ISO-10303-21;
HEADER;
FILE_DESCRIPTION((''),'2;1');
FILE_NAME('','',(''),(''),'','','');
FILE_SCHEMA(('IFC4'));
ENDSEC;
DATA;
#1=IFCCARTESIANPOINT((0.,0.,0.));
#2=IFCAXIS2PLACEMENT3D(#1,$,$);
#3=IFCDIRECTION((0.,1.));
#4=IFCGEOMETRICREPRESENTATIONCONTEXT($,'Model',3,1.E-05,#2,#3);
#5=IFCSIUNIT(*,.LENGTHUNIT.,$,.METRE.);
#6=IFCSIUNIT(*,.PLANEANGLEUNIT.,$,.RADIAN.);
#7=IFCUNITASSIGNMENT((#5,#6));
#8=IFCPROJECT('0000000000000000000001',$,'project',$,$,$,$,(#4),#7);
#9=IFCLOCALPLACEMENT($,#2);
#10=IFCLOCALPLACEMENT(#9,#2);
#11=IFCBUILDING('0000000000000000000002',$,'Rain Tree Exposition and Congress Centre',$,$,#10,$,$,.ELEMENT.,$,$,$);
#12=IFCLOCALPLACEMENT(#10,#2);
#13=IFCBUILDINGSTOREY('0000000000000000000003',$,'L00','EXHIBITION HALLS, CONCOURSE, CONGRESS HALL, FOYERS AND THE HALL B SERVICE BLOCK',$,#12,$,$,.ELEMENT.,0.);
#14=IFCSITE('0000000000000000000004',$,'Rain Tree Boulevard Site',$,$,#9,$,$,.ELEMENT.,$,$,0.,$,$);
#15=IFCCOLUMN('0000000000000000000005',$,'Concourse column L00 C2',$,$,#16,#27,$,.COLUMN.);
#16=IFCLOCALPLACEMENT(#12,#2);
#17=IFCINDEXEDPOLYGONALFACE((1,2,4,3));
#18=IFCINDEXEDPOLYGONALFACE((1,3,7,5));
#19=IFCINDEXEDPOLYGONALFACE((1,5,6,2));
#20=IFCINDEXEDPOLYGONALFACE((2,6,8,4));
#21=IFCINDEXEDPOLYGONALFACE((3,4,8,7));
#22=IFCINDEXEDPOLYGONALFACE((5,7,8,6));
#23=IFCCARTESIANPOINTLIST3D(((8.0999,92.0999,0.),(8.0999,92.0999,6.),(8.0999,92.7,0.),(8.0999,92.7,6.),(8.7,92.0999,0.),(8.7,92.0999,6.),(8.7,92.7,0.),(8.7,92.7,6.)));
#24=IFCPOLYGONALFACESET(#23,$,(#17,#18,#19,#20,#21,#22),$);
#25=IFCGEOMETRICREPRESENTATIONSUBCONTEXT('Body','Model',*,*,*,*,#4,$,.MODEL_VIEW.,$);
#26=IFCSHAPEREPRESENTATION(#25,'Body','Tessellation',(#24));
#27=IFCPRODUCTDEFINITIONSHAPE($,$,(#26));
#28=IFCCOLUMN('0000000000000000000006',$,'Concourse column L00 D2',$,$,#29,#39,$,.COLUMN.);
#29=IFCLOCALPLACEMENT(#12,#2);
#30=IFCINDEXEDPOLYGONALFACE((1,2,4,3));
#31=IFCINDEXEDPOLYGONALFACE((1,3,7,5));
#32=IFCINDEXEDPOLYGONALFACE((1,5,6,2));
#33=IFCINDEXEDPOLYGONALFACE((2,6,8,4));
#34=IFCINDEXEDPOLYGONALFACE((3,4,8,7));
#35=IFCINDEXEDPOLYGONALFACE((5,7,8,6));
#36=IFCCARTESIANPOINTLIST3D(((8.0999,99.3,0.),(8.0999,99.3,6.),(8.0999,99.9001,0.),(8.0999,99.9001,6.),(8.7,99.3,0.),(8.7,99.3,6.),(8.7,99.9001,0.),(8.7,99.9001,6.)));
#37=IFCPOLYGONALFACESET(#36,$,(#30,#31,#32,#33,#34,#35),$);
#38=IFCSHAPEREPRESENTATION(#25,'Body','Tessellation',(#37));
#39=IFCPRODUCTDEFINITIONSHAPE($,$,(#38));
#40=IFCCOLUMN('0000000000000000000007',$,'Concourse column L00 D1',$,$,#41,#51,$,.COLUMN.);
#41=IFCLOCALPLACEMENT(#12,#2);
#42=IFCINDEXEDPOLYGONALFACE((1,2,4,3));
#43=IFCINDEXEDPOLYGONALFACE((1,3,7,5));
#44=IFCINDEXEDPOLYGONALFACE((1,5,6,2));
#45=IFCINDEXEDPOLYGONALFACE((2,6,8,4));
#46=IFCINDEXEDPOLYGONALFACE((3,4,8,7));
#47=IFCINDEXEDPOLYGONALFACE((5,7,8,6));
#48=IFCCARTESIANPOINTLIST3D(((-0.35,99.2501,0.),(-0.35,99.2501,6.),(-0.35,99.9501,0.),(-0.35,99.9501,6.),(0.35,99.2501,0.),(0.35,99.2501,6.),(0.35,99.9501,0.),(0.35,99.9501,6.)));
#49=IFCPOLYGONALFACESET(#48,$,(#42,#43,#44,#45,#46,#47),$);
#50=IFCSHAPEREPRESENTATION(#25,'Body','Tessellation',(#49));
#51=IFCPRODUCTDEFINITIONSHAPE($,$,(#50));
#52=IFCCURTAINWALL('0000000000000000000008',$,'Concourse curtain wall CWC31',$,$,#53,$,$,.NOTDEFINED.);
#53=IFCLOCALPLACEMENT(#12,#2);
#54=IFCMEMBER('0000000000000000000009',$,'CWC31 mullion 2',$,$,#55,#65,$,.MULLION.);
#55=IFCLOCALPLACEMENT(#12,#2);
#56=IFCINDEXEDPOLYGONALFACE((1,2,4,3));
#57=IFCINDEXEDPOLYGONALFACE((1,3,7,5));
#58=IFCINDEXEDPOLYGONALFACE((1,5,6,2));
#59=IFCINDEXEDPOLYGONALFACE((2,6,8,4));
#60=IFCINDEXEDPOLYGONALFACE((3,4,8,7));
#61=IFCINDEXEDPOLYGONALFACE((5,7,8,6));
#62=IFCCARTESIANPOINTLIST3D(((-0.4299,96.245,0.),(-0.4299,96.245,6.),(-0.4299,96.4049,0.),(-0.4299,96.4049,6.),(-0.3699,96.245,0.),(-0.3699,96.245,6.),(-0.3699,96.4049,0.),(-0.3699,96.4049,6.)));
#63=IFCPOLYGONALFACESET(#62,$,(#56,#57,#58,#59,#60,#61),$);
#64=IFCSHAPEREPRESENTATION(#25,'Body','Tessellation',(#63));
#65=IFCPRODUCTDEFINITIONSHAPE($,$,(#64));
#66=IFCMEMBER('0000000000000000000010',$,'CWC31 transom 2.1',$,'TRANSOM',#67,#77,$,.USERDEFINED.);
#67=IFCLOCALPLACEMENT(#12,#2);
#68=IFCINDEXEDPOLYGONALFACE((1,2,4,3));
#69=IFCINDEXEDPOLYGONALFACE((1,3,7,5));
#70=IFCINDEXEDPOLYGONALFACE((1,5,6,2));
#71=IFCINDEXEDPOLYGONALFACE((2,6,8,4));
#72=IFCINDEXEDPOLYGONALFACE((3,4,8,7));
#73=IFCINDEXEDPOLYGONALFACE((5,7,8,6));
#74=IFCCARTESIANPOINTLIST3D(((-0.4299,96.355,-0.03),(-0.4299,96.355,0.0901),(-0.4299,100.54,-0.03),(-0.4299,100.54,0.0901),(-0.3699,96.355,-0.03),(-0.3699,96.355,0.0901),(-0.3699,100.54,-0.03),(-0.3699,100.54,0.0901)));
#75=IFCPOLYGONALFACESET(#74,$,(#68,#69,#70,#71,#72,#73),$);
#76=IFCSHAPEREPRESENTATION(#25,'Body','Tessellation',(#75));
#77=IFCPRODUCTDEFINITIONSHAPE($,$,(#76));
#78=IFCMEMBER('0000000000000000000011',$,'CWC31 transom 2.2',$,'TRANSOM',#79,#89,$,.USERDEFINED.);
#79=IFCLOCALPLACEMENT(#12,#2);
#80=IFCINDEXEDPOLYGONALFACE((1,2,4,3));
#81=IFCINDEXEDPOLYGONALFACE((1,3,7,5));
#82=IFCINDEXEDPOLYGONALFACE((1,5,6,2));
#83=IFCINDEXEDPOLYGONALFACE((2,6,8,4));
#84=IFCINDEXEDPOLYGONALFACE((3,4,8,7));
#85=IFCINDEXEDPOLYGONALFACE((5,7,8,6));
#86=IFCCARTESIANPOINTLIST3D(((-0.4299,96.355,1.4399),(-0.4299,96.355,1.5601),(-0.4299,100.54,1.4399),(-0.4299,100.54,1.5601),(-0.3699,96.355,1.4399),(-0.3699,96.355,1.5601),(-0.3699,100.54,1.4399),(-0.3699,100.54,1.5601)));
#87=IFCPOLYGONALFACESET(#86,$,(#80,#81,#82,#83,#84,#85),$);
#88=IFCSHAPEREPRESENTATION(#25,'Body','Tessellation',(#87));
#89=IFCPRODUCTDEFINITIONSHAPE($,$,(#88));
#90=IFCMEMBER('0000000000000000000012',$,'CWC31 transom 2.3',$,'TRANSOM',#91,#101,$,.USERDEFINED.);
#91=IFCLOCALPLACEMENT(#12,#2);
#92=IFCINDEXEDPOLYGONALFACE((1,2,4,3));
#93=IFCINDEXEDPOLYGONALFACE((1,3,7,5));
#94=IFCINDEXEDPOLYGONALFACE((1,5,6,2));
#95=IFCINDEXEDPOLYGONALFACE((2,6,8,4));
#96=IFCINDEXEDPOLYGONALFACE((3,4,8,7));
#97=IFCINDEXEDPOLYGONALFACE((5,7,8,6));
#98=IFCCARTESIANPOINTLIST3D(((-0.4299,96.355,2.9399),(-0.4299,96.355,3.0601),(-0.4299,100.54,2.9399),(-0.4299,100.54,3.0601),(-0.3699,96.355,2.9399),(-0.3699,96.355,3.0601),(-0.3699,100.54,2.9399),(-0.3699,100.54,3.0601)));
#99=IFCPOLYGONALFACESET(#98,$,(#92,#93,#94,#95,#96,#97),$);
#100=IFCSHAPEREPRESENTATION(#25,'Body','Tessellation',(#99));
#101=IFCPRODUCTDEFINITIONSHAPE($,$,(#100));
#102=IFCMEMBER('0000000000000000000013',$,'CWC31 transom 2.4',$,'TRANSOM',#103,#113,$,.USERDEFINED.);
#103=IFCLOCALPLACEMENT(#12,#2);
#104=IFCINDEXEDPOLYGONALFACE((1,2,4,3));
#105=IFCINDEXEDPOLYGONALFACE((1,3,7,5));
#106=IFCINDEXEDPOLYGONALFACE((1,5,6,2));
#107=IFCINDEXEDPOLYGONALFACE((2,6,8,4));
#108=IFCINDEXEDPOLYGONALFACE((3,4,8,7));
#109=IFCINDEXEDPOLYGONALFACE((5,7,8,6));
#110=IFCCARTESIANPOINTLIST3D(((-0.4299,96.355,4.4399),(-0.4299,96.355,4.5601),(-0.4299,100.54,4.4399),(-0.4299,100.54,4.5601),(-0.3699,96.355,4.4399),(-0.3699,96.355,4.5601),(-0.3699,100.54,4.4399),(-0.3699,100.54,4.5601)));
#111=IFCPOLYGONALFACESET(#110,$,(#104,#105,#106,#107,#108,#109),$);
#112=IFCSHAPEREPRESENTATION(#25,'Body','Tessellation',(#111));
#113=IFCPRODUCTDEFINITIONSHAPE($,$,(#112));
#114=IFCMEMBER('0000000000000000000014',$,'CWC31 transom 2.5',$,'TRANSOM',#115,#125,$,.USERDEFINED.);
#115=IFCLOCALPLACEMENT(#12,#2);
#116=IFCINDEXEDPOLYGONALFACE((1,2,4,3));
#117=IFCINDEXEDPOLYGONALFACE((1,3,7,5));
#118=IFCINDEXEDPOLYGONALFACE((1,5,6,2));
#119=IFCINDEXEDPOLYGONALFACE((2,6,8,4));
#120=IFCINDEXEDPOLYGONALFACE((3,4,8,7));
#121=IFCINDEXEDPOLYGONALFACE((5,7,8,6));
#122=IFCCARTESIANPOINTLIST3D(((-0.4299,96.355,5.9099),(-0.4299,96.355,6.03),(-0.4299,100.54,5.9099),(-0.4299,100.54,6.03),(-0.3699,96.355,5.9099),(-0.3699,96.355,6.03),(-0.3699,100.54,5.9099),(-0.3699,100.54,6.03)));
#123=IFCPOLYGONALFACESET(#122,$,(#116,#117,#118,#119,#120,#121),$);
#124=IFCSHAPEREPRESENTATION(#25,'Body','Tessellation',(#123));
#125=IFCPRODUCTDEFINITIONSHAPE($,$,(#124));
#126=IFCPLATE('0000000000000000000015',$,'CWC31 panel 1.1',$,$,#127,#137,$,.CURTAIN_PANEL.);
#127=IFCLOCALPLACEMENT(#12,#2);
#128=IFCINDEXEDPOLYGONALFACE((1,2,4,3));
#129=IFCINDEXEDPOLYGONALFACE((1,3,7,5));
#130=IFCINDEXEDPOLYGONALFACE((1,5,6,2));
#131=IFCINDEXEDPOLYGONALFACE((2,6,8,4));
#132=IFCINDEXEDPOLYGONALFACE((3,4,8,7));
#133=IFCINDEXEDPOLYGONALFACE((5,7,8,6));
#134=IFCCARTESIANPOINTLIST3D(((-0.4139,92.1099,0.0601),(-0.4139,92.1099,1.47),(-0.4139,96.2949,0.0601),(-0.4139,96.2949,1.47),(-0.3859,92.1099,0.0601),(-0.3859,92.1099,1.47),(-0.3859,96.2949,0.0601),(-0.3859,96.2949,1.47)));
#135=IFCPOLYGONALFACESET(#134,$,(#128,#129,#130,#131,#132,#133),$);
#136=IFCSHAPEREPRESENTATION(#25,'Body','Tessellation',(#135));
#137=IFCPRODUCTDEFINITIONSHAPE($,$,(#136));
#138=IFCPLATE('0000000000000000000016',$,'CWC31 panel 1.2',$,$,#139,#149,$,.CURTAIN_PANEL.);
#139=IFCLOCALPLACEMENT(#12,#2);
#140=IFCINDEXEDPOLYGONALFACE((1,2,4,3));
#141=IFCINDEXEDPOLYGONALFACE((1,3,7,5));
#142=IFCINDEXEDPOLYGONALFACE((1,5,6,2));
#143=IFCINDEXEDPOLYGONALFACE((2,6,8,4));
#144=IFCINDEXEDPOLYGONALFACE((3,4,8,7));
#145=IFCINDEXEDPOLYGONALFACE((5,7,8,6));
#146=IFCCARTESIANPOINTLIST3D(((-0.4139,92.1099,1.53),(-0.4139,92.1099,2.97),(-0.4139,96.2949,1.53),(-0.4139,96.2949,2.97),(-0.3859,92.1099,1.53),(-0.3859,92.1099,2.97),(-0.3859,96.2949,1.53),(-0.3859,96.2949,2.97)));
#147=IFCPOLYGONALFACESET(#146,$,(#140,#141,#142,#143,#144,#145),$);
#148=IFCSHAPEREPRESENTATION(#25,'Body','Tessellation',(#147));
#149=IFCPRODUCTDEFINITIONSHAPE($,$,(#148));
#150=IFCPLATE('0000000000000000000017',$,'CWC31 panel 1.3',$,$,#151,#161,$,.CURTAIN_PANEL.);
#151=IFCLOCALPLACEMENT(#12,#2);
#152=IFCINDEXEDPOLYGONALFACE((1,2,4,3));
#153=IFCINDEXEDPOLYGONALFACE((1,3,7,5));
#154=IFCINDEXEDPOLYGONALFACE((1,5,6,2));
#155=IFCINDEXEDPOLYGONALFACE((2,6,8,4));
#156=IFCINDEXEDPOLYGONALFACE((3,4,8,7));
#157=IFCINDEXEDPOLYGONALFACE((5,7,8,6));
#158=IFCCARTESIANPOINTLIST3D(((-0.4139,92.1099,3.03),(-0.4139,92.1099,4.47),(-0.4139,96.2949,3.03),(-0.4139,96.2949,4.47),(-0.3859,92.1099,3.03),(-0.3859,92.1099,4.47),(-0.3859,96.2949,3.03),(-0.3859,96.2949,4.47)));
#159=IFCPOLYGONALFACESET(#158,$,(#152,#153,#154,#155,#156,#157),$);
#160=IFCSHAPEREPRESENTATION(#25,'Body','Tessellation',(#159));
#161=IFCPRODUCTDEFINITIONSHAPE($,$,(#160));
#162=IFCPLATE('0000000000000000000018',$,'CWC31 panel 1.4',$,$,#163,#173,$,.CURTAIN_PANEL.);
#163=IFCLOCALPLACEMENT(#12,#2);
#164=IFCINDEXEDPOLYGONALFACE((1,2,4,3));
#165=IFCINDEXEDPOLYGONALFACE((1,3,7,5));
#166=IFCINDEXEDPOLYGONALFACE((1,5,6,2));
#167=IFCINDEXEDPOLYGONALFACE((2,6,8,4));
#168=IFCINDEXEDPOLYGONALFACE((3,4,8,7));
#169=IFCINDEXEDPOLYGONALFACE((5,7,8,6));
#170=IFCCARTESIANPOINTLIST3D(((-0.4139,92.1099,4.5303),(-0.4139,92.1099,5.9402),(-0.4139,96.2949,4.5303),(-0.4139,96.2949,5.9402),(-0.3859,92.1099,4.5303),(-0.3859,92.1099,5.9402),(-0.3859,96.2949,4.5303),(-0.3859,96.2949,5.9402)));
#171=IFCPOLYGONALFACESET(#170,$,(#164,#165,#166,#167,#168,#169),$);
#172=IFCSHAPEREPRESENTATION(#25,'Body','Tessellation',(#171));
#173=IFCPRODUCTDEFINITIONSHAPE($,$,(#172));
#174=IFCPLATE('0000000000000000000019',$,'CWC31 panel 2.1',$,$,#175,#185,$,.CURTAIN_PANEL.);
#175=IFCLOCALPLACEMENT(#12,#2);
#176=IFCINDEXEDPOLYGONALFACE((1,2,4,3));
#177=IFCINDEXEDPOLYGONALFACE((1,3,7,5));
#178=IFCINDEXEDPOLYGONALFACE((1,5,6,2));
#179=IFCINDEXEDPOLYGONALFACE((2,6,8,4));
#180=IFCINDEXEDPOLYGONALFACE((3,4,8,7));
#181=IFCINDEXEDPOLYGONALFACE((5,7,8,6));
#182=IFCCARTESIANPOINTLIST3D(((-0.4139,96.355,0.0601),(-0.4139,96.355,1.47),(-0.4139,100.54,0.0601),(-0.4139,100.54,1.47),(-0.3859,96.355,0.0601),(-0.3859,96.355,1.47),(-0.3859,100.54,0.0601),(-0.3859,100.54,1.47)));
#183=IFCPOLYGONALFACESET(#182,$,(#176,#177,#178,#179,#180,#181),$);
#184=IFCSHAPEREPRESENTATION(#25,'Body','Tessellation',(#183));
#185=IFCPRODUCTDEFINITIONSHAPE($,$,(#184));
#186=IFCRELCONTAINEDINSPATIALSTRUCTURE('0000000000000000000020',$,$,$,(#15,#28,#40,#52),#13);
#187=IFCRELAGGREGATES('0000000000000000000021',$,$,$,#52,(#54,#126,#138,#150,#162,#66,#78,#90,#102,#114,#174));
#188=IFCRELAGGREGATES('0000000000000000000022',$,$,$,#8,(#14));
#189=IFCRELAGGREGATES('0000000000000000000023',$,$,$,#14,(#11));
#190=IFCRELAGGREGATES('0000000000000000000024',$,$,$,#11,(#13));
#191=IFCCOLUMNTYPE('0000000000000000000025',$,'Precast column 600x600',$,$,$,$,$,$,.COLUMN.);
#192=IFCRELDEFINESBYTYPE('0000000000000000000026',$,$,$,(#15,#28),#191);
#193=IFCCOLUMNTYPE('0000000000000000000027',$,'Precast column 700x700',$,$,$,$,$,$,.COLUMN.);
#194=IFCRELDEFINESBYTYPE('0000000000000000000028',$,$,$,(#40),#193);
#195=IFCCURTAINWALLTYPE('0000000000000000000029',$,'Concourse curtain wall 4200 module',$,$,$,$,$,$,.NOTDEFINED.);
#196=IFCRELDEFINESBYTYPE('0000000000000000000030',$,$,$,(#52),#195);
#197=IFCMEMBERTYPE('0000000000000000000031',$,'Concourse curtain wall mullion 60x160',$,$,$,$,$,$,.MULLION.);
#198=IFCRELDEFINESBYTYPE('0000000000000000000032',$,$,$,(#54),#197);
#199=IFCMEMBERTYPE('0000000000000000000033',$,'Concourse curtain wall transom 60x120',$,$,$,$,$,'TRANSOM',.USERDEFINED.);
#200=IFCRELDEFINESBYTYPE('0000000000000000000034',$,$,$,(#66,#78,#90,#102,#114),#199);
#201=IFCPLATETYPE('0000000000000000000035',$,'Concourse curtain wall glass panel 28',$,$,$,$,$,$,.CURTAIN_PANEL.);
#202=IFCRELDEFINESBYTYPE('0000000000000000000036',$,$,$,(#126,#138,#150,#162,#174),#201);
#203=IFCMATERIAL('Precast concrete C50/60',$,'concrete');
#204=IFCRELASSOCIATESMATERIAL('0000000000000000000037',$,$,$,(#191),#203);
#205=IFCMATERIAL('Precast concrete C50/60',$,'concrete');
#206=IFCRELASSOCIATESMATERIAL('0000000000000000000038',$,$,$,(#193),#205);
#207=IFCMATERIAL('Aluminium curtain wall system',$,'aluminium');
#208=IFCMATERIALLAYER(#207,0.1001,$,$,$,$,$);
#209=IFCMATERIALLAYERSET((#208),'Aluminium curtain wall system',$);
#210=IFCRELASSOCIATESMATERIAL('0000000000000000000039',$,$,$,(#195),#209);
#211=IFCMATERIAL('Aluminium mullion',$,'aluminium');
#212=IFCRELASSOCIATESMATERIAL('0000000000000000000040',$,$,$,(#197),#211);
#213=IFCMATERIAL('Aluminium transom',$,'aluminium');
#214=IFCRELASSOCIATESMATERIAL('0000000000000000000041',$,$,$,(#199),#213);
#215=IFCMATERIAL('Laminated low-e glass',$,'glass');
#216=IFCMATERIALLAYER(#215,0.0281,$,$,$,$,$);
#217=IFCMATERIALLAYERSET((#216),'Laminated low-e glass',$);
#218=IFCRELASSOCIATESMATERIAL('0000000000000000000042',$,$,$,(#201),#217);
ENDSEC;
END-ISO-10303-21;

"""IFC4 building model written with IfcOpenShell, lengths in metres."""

from ifc_helpers import new_model, si_unit, direction, frame, origin, origin_2d, place, context, subcontext, project, spatial, rectangle, extrude, material, layer, layer_set, material_profile, profile_set, type_object, element, aggregate, save


model = new_model("IFC4")

# Units and contexts
model_context = context("Model", 3, precision=1e-05, world=origin(), true_north=direction((0.0, 1.0)))
body_context = subcontext(model_context, "Body", "Model", "MODEL_VIEW")
ifc_project = project(units=[si_unit("LENGTHUNIT", "METRE"), si_unit("PLANEANGLEUNIT", "RADIAN")], contexts=[model_context])

# Site, building, storey
site_placement = place(None, origin())
site = spatial("IfcSite", under=ifc_project, at=site_placement, Name="Rain Tree Boulevard Site", CompositionType="ELEMENT", RefElevation=0.0)
building_placement = place(site_placement, origin())
building = spatial("IfcBuilding", under=site, at=building_placement, Name="Rain Tree Exposition and Congress Centre", CompositionType="ELEMENT")
storey_placement = place(building_placement, origin())
storey = spatial("IfcBuildingStorey", under=building, at=storey_placement, Name="L00", Description="EXHIBITION HALLS, CONCOURSE, CONGRESS HALL, FOYERS AND THE HALL B SERVICE BLOCK", CompositionType="ELEMENT", Elevation=0.0)

# Columns
ifc_material_1 = material(Name="Precast concrete C50/60", Category="concrete")
ifc_material_profile_1 = material_profile(ifc_material_1, rectangle(XDim=0.6001, YDim=0.6001, at=origin_2d()), Name="RC 600x600")
ifc_profile_set_1 = profile_set([ifc_material_profile_1], Name="Precast concrete C50/60")
column_type_1 = type_object("IfcColumnType", Name="Precast column 600x600", PredefinedType="COLUMN", material=ifc_profile_set_1)
for number, where, z_axis, x_axis, name in (
    (1, (8.3999, 92.3999, 0.0), (0.0, 0.0, 1.0), (1.0, 0.0, 0.0), "Concourse column L00 C2"),
    (2, (8.3999, 99.6001, 0.0), (0.0, 0.0, 1.0), (1.0, 0.0, 0.0), "Concourse column L00 D2"),
):
    element("IfcColumn", number, at=place(storey_placement, frame(where, z_axis=z_axis, x_axis=x_axis)), inside=storey, type_object=column_type_1, Name=name, PredefinedType="COLUMN", context=body_context, shape_type="SweptSolid", body=[
        extrude(rectangle(XDim=0.6001, YDim=0.6001, at=origin_2d()), origin(), (0.0, 0.0, 1.0), 6.0),
    ])
ifc_material_2 = material(Name="Precast concrete C50/60", Category="concrete")
ifc_material_profile_2 = material_profile(ifc_material_2, rectangle(XDim=0.7, YDim=0.7, at=origin_2d()), Name="RC 700x700")
ifc_profile_set_2 = profile_set([ifc_material_profile_2], Name="Precast concrete C50/60")
column_type_2 = type_object("IfcColumnType", Name="Precast column 700x700", PredefinedType="COLUMN", material=ifc_profile_set_2)
column_placement = place(storey_placement, frame((0.0, 99.6001, 0.0), z_axis=(0.0, 0.0, 1.0), x_axis=(1.0, 0.0, 0.0)))
element("IfcColumn", 3, at=column_placement, inside=storey, type_object=column_type_2, Name="Concourse column L00 D1", PredefinedType="COLUMN", context=body_context, shape_type="SweptSolid", body=[
    extrude(rectangle(XDim=0.7, YDim=0.7, at=origin_2d()), origin(), (0.0, 0.0, 1.0), 6.0),
])

# Curtain wall, members, plates
ifc_material_3 = material(Name="Aluminium curtain wall system", Category="aluminium")
ifc_layer_1 = layer(ifc_material_3, 0.1001)
ifc_layer_set_1 = layer_set([ifc_layer_1], Name="Aluminium curtain wall system")
curtain_wall_type = type_object("IfcCurtainWallType", Name="Concourse curtain wall 4200 module", PredefinedType="NOTDEFINED", material=ifc_layer_set_1)
curtain_wall_placement = place(storey_placement, origin())
curtain_wall = element("IfcCurtainWall", 4, at=curtain_wall_placement, inside=storey, type_object=curtain_wall_type, Name="Concourse curtain wall CWC31", PredefinedType="NOTDEFINED")
ifc_material_4 = material(Name="Aluminium mullion", Category="aluminium")
ifc_material_profile_3 = material_profile(ifc_material_4, rectangle(XDim=0.0601, YDim=0.1599, at=origin_2d()), Name="AL 60x160")
ifc_profile_set_3 = profile_set([ifc_material_profile_3], Name="Aluminium mullion")
member_type_1 = type_object("IfcMemberType", Name="Concourse curtain wall mullion 60x160", PredefinedType="MULLION", material=ifc_profile_set_3)
member_1_placement = place(storey_placement, frame((-0.3999, 96.325, 0.0), z_axis=(0.0, 0.0, 1.0), x_axis=(-1.0, 0.0, 0.0)))
member_1 = element("IfcMember", 5, at=member_1_placement, type_object=member_type_1, Name="CWC31 mullion 2", PredefinedType="MULLION", context=body_context, shape_type="SweptSolid", body=[
    extrude(rectangle(XDim=0.0601, YDim=0.1599, at=origin_2d()), origin(), (0.0, 0.0, 1.0), 6.0),
])
ifc_material_5 = material(Name="Aluminium transom", Category="aluminium")
ifc_material_profile_4 = material_profile(ifc_material_5, rectangle(XDim=0.0601, YDim=0.1201, at=origin_2d()), Name="AL 60x120")
ifc_profile_set_4 = profile_set([ifc_material_profile_4], Name="Aluminium transom")
member_type_2 = type_object("IfcMemberType", Name="Concourse curtain wall transom 60x120", ElementType="TRANSOM", PredefinedType="USERDEFINED", material=ifc_profile_set_4)
member_2_placement = place(storey_placement, frame((-0.3999, 96.355, 0.03), z_axis=(0.0, 1.0, 0.0), x_axis=(-1.0, 0.0, 0.0)))
member_2 = element("IfcMember", 6, at=member_2_placement, type_object=member_type_2, Name="CWC31 transom 2.1", ObjectType="TRANSOM", PredefinedType="USERDEFINED", context=body_context, shape_type="SweptSolid", body=[
    extrude(rectangle(XDim=0.0601, YDim=0.1201, at=origin_2d()), origin(), (0.0, 0.0, 1.0), 4.1851),
])
member_3_placement = place(storey_placement, frame((-0.3999, 96.355, 1.5), z_axis=(0.0, 1.0, 0.0), x_axis=(-1.0, 0.0, 0.0)))
member_3 = element("IfcMember", 7, at=member_3_placement, type_object=member_type_2, Name="CWC31 transom 2.2", ObjectType="TRANSOM", PredefinedType="USERDEFINED", context=body_context, shape_type="SweptSolid", body=[
    extrude(rectangle(XDim=0.0601, YDim=0.1201, at=origin_2d()), origin(), (0.0, 0.0, 1.0), 4.1851),
])
member_4_placement = place(storey_placement, frame((-0.3999, 96.355, 3.0), z_axis=(0.0, 1.0, 0.0), x_axis=(-1.0, 0.0, 0.0)))
member_4 = element("IfcMember", 8, at=member_4_placement, type_object=member_type_2, Name="CWC31 transom 2.3", ObjectType="TRANSOM", PredefinedType="USERDEFINED", context=body_context, shape_type="SweptSolid", body=[
    extrude(rectangle(XDim=0.0601, YDim=0.1201, at=origin_2d()), origin(), (0.0, 0.0, 1.0), 4.1851),
])
member_5_placement = place(storey_placement, frame((-0.3999, 96.355, 4.5), z_axis=(0.0, 1.0, 0.0), x_axis=(-1.0, 0.0, 0.0)))
member_5 = element("IfcMember", 9, at=member_5_placement, type_object=member_type_2, Name="CWC31 transom 2.4", ObjectType="TRANSOM", PredefinedType="USERDEFINED", context=body_context, shape_type="SweptSolid", body=[
    extrude(rectangle(XDim=0.0601, YDim=0.1201, at=origin_2d()), origin(), (0.0, 0.0, 1.0), 4.1851),
])
member_6_placement = place(storey_placement, frame((-0.3999, 96.355, 5.97), z_axis=(0.0, 1.0, 0.0), x_axis=(-1.0, 0.0, 0.0)))
member_6 = element("IfcMember", 10, at=member_6_placement, type_object=member_type_2, Name="CWC31 transom 2.5", ObjectType="TRANSOM", PredefinedType="USERDEFINED", context=body_context, shape_type="SweptSolid", body=[
    extrude(rectangle(XDim=0.0601, YDim=0.1201, at=origin_2d()), origin(), (0.0, 0.0, 1.0), 4.1851),
])
ifc_material_6 = material(Name="Laminated low-e glass", Category="glass")
ifc_layer_2 = layer(ifc_material_6, 0.0281)
ifc_layer_set_2 = layer_set([ifc_layer_2], Name="Laminated low-e glass")
plate_type = type_object("IfcPlateType", Name="Concourse curtain wall glass panel 28", PredefinedType="CURTAIN_PANEL", material=ifc_layer_set_2)
plate_1_placement = place(storey_placement, frame((-0.3999, 94.2024, 0.0601), z_axis=(0.0, 0.0, 1.0), x_axis=(0.0, 1.0, 0.0)))
plate_1 = element("IfcPlate", 11, at=plate_1_placement, type_object=plate_type, Name="CWC31 panel 1.1", PredefinedType="CURTAIN_PANEL", context=body_context, shape_type="SweptSolid", body=[
    extrude(rectangle(XDim=4.1851, YDim=0.0281, at=origin_2d()), origin(), (0.0, 0.0, 1.0), 1.4099),
])
plate_2_placement = place(storey_placement, frame((-0.3999, 94.2024, 1.53), z_axis=(0.0, 0.0, 1.0), x_axis=(0.0, 1.0, 0.0)))
plate_2 = element("IfcPlate", 12, at=plate_2_placement, type_object=plate_type, Name="CWC31 panel 1.2", PredefinedType="CURTAIN_PANEL", context=body_context, shape_type="SweptSolid", body=[
    extrude(rectangle(XDim=4.1851, YDim=0.0281, at=origin_2d()), origin(), (0.0, 0.0, 1.0), 1.4399),
])
plate_3_placement = place(storey_placement, frame((-0.3999, 94.2024, 3.03), z_axis=(0.0, 0.0, 1.0), x_axis=(0.0, 1.0, 0.0)))
plate_3 = element("IfcPlate", 13, at=plate_3_placement, type_object=plate_type, Name="CWC31 panel 1.3", PredefinedType="CURTAIN_PANEL", context=body_context, shape_type="SweptSolid", body=[
    extrude(rectangle(XDim=4.1851, YDim=0.0281, at=origin_2d()), origin(), (0.0, 0.0, 1.0), 1.4399),
])
plate_4_placement = place(storey_placement, frame((-0.3999, 94.2024, 4.5303), z_axis=(0.0, 0.0, 1.0), x_axis=(0.0, 1.0, 0.0)))
plate_4 = element("IfcPlate", 14, at=plate_4_placement, type_object=plate_type, Name="CWC31 panel 1.4", PredefinedType="CURTAIN_PANEL", context=body_context, shape_type="SweptSolid", body=[
    extrude(rectangle(XDim=4.1851, YDim=0.0281, at=origin_2d()), origin(), (0.0, 0.0, 1.0), 1.4099),
])
plate_5_placement = place(storey_placement, frame((-0.3999, 98.4475, 0.0601), z_axis=(0.0, 0.0, 1.0), x_axis=(0.0, 1.0, 0.0)))
plate_5 = element("IfcPlate", 15, at=plate_5_placement, type_object=plate_type, Name="CWC31 panel 2.1", PredefinedType="CURTAIN_PANEL", context=body_context, shape_type="SweptSolid", body=[
    extrude(rectangle(XDim=4.1851, YDim=0.0281, at=origin_2d()), origin(), (0.0, 0.0, 1.0), 1.4099),
])
aggregate(curtain_wall, [member_1, plate_1, plate_2, plate_3, plate_4, member_2, member_3, member_4, member_5, member_6, plate_5])

save(model, "model.ifc")
